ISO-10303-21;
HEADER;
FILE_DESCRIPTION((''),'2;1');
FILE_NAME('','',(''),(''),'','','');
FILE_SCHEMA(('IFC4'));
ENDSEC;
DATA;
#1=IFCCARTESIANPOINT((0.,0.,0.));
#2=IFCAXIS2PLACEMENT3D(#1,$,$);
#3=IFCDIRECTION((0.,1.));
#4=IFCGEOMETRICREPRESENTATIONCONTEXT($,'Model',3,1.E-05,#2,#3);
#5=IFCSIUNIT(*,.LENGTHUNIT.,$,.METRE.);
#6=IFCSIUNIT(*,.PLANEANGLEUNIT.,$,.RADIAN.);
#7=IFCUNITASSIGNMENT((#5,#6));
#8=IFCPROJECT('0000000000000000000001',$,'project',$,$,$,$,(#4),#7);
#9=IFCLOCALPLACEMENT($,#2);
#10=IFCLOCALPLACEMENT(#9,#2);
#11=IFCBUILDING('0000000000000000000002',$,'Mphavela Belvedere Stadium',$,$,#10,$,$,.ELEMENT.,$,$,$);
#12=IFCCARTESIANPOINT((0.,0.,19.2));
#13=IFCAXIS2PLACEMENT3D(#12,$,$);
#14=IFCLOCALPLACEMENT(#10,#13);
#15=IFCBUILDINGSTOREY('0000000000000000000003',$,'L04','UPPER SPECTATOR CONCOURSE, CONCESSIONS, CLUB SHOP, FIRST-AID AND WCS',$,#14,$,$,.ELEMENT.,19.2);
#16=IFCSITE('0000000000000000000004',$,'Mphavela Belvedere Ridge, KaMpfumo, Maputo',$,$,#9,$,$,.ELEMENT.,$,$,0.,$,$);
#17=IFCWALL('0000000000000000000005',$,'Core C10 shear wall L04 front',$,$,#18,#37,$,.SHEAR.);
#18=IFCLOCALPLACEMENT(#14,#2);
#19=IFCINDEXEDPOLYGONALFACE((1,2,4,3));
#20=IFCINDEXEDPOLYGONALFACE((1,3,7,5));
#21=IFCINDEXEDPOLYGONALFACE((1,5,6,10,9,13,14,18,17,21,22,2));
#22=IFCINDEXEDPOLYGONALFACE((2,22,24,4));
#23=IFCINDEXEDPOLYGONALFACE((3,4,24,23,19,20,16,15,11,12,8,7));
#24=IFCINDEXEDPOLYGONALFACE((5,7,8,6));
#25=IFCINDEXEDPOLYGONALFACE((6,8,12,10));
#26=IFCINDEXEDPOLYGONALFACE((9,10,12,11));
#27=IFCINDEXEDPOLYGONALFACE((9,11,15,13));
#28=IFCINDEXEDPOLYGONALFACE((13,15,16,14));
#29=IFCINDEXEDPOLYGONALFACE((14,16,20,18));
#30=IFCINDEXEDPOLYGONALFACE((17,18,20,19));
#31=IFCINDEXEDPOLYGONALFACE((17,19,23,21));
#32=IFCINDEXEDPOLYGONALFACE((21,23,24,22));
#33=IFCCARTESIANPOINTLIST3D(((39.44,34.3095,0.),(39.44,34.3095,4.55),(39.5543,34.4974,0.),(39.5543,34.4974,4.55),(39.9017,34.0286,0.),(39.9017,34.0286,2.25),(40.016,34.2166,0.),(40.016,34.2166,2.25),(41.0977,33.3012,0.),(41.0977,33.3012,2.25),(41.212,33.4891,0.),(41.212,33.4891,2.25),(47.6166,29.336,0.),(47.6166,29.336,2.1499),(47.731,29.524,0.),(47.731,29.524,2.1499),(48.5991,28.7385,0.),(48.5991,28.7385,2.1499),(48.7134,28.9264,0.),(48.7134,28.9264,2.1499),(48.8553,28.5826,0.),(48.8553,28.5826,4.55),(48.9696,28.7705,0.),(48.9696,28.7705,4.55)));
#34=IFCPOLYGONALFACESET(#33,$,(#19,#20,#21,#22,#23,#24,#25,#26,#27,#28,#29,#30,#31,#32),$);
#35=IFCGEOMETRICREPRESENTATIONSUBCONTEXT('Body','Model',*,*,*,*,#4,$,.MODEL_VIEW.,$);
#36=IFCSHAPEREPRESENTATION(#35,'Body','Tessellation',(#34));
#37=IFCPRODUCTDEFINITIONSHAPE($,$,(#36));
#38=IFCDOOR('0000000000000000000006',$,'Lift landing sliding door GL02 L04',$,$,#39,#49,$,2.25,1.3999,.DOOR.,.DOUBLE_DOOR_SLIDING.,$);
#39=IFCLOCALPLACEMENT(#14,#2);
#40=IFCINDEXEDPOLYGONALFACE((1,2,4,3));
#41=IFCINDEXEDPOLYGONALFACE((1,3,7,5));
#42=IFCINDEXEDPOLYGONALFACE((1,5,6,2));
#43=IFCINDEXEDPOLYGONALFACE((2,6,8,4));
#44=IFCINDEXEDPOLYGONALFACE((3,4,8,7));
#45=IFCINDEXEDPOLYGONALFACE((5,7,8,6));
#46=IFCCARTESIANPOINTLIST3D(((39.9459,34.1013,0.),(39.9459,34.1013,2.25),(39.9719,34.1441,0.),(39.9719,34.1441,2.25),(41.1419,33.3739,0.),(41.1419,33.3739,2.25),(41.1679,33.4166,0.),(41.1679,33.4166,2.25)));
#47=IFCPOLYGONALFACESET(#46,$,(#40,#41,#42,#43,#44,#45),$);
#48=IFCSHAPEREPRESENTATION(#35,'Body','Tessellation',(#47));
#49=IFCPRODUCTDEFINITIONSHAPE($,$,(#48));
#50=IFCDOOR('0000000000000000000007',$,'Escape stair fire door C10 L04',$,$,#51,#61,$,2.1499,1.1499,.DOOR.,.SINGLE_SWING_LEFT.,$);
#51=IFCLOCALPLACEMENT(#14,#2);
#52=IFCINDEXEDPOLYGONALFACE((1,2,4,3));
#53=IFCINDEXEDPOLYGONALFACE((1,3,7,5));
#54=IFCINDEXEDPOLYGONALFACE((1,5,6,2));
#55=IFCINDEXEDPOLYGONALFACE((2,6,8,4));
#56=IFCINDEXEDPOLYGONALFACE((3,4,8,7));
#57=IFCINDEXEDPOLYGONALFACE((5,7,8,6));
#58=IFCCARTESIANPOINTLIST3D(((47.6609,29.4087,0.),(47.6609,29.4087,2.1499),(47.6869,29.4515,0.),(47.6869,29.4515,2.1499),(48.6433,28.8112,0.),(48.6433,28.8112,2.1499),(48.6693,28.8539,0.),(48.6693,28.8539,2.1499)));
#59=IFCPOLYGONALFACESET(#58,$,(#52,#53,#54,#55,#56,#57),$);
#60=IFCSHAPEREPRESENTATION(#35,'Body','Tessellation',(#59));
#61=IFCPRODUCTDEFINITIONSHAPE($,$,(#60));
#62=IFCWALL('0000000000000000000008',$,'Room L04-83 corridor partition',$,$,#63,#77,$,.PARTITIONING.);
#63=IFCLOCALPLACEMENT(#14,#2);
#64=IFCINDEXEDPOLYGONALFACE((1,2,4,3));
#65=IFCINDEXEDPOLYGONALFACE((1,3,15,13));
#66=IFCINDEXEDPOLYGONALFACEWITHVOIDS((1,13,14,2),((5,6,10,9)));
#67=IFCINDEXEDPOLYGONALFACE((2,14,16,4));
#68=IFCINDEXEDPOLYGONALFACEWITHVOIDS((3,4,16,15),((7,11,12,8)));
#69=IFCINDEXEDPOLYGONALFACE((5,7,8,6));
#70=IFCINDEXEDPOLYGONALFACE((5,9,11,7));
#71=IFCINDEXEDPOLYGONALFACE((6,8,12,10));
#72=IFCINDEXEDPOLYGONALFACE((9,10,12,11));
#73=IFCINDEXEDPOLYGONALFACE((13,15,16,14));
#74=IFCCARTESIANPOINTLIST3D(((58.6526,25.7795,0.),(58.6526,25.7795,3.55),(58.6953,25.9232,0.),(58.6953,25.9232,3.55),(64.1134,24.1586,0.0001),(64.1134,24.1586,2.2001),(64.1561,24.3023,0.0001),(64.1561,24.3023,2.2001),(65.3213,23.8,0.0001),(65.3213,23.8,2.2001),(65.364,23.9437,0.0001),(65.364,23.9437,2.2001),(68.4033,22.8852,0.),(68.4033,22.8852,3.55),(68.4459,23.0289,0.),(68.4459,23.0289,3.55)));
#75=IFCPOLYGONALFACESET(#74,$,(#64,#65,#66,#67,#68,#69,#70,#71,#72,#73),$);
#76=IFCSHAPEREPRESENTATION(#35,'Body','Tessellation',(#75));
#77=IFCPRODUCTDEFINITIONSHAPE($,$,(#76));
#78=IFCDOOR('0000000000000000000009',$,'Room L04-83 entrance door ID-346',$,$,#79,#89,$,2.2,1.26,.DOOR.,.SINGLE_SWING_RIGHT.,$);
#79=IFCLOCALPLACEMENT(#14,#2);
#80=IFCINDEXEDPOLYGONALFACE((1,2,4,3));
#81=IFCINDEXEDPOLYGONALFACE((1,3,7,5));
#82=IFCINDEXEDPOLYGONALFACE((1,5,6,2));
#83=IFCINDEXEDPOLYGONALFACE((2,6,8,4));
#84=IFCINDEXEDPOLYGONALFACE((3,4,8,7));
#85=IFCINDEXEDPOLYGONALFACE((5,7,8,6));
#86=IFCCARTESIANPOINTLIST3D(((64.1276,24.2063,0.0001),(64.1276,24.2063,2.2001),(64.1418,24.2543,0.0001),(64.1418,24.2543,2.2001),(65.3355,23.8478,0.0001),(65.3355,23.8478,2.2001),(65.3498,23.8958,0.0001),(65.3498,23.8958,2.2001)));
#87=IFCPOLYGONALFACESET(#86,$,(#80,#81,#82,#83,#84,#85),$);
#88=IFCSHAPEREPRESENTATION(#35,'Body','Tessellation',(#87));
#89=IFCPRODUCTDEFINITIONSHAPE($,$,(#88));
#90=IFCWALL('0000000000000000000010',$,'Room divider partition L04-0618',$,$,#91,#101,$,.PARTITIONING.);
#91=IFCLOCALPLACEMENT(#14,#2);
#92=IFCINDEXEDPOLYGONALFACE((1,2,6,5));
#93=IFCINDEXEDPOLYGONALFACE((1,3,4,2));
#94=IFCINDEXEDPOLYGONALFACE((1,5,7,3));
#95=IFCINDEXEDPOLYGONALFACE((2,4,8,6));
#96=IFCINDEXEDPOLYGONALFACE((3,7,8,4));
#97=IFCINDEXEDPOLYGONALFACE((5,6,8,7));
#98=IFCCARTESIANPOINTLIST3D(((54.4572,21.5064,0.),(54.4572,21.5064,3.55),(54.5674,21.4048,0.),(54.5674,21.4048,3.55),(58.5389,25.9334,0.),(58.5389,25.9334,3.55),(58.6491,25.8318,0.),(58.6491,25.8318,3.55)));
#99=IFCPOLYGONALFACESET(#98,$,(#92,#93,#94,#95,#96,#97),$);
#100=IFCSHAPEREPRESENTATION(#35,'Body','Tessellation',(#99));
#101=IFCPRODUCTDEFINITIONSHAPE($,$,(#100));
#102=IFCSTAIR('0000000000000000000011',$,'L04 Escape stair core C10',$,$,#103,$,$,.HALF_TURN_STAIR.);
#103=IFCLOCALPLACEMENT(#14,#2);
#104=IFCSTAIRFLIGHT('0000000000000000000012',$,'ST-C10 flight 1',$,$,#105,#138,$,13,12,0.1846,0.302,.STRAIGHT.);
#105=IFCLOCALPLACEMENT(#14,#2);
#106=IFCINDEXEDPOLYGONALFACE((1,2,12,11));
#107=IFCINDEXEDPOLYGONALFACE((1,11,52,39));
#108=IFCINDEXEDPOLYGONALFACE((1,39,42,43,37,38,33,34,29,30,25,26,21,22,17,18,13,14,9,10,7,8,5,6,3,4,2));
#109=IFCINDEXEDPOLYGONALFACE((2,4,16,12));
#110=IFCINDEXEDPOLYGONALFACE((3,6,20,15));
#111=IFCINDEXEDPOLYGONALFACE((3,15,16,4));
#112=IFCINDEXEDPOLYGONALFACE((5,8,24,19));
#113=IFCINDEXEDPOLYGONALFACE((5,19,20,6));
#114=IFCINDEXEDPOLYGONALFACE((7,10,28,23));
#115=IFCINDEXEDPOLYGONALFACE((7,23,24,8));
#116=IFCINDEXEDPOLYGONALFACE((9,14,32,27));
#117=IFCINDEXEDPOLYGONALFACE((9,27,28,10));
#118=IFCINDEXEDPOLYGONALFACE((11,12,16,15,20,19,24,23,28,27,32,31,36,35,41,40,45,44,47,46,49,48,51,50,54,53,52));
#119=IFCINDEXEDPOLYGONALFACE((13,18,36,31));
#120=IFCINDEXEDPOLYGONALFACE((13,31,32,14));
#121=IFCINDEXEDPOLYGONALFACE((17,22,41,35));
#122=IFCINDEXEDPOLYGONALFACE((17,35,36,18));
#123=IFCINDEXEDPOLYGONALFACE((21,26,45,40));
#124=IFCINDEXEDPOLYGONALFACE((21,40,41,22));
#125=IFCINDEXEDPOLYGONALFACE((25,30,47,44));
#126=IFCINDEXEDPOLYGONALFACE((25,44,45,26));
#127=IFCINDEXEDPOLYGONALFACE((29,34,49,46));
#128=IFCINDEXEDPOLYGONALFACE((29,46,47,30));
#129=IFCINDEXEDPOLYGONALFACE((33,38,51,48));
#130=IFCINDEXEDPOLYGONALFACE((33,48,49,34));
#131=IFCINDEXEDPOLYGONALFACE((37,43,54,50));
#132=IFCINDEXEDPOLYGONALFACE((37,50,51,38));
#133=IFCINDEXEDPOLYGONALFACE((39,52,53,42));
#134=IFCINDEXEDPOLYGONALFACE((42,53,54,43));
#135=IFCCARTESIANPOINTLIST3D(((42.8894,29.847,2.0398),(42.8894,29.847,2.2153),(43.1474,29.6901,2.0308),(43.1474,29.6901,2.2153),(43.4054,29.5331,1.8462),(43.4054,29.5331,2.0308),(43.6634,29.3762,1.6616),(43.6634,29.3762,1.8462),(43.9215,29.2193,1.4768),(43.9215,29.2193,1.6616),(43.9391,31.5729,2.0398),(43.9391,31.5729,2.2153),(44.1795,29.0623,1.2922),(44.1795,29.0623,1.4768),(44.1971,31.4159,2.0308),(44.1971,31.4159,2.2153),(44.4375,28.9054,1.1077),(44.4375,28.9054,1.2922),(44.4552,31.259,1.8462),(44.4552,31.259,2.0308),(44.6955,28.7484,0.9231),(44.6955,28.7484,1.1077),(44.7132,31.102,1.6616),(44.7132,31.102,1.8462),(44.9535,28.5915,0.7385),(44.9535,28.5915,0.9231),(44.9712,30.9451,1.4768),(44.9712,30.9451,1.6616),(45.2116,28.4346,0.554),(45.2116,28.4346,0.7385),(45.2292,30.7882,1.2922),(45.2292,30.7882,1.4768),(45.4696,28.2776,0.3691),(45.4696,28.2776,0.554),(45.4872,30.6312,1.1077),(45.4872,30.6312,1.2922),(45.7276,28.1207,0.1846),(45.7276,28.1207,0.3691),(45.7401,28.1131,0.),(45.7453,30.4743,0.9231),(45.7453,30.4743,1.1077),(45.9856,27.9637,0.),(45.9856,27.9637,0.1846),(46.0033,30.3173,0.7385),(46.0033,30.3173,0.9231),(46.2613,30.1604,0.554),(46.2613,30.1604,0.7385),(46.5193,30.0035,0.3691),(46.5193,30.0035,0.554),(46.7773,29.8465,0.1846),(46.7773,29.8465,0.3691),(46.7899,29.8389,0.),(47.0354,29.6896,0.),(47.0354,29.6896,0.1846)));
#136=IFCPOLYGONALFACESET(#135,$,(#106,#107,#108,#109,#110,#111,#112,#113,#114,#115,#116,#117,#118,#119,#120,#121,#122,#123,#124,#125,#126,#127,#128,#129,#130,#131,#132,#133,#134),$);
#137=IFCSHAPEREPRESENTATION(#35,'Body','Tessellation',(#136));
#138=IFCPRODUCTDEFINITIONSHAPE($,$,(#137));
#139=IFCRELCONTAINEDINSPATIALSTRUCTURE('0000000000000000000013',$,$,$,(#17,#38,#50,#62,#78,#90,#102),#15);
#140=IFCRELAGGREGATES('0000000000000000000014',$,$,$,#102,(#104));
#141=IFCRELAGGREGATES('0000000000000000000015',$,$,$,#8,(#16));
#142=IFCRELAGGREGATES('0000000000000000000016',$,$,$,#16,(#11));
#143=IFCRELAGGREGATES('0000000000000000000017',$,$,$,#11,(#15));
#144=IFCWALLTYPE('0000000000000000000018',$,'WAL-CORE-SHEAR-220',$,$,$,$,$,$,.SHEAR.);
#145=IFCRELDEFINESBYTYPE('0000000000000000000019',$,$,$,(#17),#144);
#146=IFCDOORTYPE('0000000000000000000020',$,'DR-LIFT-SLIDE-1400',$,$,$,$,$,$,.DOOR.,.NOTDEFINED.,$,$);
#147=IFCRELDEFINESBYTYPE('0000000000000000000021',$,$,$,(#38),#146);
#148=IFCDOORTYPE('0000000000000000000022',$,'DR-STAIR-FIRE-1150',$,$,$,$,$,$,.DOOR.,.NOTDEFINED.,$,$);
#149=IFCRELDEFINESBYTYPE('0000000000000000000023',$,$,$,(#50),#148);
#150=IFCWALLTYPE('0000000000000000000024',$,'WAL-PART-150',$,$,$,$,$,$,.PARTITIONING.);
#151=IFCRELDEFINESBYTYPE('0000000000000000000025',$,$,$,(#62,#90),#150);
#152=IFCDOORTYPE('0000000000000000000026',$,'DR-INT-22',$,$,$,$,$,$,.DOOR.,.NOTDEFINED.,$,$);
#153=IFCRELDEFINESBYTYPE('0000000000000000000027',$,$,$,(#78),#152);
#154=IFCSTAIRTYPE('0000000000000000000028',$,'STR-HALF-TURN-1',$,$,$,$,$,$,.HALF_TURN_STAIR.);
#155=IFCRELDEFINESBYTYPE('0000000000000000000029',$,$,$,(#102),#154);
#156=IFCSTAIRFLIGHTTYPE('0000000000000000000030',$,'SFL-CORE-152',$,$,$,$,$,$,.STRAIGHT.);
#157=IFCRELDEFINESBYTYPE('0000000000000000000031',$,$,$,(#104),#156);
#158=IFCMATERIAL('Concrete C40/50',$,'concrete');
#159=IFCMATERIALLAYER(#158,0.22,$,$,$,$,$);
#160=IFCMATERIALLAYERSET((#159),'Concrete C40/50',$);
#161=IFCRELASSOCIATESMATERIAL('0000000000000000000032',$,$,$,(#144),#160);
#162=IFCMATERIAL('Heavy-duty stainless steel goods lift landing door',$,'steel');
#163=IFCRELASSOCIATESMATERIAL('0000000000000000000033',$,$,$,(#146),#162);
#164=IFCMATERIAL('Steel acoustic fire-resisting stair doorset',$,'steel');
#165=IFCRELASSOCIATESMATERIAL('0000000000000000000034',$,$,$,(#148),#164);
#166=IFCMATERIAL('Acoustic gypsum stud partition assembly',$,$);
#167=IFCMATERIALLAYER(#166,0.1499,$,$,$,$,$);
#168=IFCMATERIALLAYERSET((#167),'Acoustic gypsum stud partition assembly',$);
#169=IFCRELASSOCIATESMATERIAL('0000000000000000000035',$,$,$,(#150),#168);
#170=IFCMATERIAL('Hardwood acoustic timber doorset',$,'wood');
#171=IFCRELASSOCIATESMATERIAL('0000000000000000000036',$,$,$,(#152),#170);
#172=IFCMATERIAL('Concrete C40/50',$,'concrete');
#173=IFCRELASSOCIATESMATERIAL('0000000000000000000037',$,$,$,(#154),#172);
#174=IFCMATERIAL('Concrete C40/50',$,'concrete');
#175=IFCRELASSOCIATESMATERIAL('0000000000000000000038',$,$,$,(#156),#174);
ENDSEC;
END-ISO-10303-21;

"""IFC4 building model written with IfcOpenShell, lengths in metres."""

from ifc_helpers import new_model, si_unit, direction, frame, frame_2d, origin, place, context, subcontext, project, spatial, polyline, rectangle, outline, extrude, material, layer, layer_set, type_object, element, fill, aggregate, save


model = new_model("IFC4")

# Units and contexts
model_context = context("Model", 3, precision=1e-05, world=origin(), true_north=direction((0.0, 1.0)))
body_context = subcontext(model_context, "Body", "Model", "MODEL_VIEW")
ifc_project = project(units=[si_unit("LENGTHUNIT", "METRE"), si_unit("PLANEANGLEUNIT", "RADIAN")], contexts=[model_context])

# Site, building, storey
site_placement = place(None, origin())
site = spatial("IfcSite", under=ifc_project, at=site_placement, Name="Mphavela Belvedere Ridge, KaMpfumo, Maputo", CompositionType="ELEMENT", RefElevation=0.0)
building_placement = place(site_placement, origin())
building = spatial("IfcBuilding", under=site, at=building_placement, Name="Mphavela Belvedere Stadium", CompositionType="ELEMENT")
storey_placement = place(building_placement, frame((0.0, 0.0, 19.2)))
storey = spatial("IfcBuildingStorey", under=building, at=storey_placement, Name="L04", Description="UPPER SPECTATOR CONCOURSE, CONCESSIONS, CLUB SHOP, FIRST-AID AND WCS", CompositionType="ELEMENT", Elevation=19.2)

# Shared definitions
ifc_material_1 = material(Name="Concrete C40/50", Category="concrete")
ifc_layer_1 = layer(ifc_material_1, 0.22)
ifc_layer_set_1 = layer_set([ifc_layer_1], Name="Concrete C40/50")
wall_type_1 = type_object("IfcWallType", Name="WAL-CORE-SHEAR-220", PredefinedType="SHEAR", material=ifc_layer_set_1)

# Wall, openings, doors
wall_1_placement = place(storey_placement, frame((48.9126, 28.6765, 0.0), z_axis=(0.0, 0.0, 1.0), x_axis=(-0.854369, 0.519666, 0.0)))
wall_1 = element("IfcWall", 1, at=wall_1_placement, inside=storey, type_object=wall_type_1, Name="Core C10 shear wall L04 front", PredefinedType="SHEAR", context=body_context, shape_type="SweptSolid", body=[
    extrude(rectangle(XDim=11.0203, YDim=0.22, at=frame_2d((5.5103, 0.0))), origin(), (0.0, 0.0, 1.0), 4.55),
])
opening_1_placement = place(wall_1_placement, frame((0.3, 0.0, 0.0)))
opening_1 = element("IfcOpeningElement", 2, at=opening_1_placement, cuts=wall_1, PredefinedType="OPENING", context=body_context, shape_type="SweptSolid", body=[
    extrude(rectangle(XDim=1.1499, YDim=2.1499, at=frame_2d((0.575, 1.075))), frame((0.0, 0.1201, 0.0), z_axis=(0.0, -1.0, 0.0), x_axis=(1.0, 0.0, 0.0)), (0.0, 0.0, 1.0), 0.24),
])
opening_2_placement = place(wall_1_placement, frame((9.0801, 0.0, 0.0)))
opening_2 = element("IfcOpeningElement", 3, at=opening_2_placement, cuts=wall_1, PredefinedType="OPENING", context=body_context, shape_type="SweptSolid", body=[
    extrude(rectangle(XDim=1.3999, YDim=2.25, at=frame_2d((0.7, 1.125))), frame((0.0, 0.1201, 0.0), z_axis=(0.0, -1.0, 0.0), x_axis=(1.0, 0.0, 0.0)), (0.0, 0.0, 1.0), 0.24),
])
ifc_material_2 = material(Name="Heavy-duty stainless steel goods lift landing door", Category="steel")
door_type_1 = type_object("IfcDoorType", Name="DR-LIFT-SLIDE-1400", OperationType="NOTDEFINED", PredefinedType="DOOR", material=ifc_material_2)
door_1_placement = place(opening_2_placement, origin())
door_1 = element("IfcDoor", 4, at=door_1_placement, inside=storey, type_object=door_type_1, Name="Lift landing sliding door GL02 L04", OperationType="DOUBLE_DOOR_SLIDING", OverallHeight=2.25, OverallWidth=1.3999, PredefinedType="DOOR", context=body_context, shape_type="SweptSolid", body=[
    extrude(rectangle(XDim=1.3999, YDim=2.25, at=frame_2d((0.7, 1.125))), frame((0.0, 0.0249, 0.0), z_axis=(0.0, -1.0, 0.0), x_axis=(1.0, 0.0, 0.0)), (0.0, 0.0, 1.0), 0.05),
])
fill(opening_2, door_1)
ifc_material_3 = material(Name="Steel acoustic fire-resisting stair doorset", Category="steel")
door_type_2 = type_object("IfcDoorType", Name="DR-STAIR-FIRE-1150", OperationType="NOTDEFINED", PredefinedType="DOOR", material=ifc_material_3)
door_2_placement = place(opening_1_placement, origin())
door_2 = element("IfcDoor", 5, at=door_2_placement, inside=storey, type_object=door_type_2, Name="Escape stair fire door C10 L04", OperationType="SINGLE_SWING_LEFT", OverallHeight=2.1499, OverallWidth=1.1499, PredefinedType="DOOR", context=body_context, shape_type="SweptSolid", body=[
    extrude(rectangle(XDim=1.1499, YDim=2.1499, at=frame_2d((0.575, 1.075))), frame((0.0, 0.0249, 0.0), z_axis=(0.0, -1.0, 0.0), x_axis=(1.0, 0.0, 0.0)), (0.0, 0.0, 1.0), 0.05),
])
fill(opening_1, door_2)

# Wall, opening, door
ifc_material_4 = material(Name="Acoustic gypsum stud partition assembly")
ifc_layer_2 = layer(ifc_material_4, 0.1499)
ifc_layer_set_2 = layer_set([ifc_layer_2], Name="Acoustic gypsum stud partition assembly")
wall_type_2 = type_object("IfcWallType", Name="WAL-PART-150", PredefinedType="PARTITIONING", material=ifc_layer_set_2)
wall_2_placement = place(storey_placement, frame((58.6741, 25.8513, 0.0), z_axis=(0.0, 0.0, 1.0), x_axis=(0.958659, -0.284557, 0.0)))
wall_2 = element("IfcWall", 6, at=wall_2_placement, inside=storey, type_object=wall_type_2, Name="Room L04-83 corridor partition", PredefinedType="PARTITIONING", context=body_context, shape_type="SweptSolid", body=[
    extrude(rectangle(XDim=10.1711, YDim=0.1499, at=frame_2d((5.0854, 0.0))), origin(), (0.0, 0.0, 1.0), 3.55),
])
opening_3_placement = place(wall_2_placement, frame((5.6963, 0.0, 0.0)))
opening_3 = element("IfcOpeningElement", 7, at=opening_3_placement, cuts=wall_2, PredefinedType="OPENING", context=body_context, shape_type="SweptSolid", body=[
    extrude(rectangle(XDim=1.26, YDim=2.2, at=frame_2d((0.6299, 1.1001))), frame((0.0, 0.085, 0.0), z_axis=(0.0, -1.0, 0.0), x_axis=(1.0, 0.0, 0.0)), (0.0, 0.0, 1.0), 0.1699),
])
ifc_material_5 = material(Name="Hardwood acoustic timber doorset", Category="wood")
door_type_3 = type_object("IfcDoorType", Name="DR-INT-22", OperationType="NOTDEFINED", PredefinedType="DOOR", material=ifc_material_5)
door_3_placement = place(opening_3_placement, origin())
door_3 = element("IfcDoor", 8, at=door_3_placement, inside=storey, type_object=door_type_3, Name="Room L04-83 entrance door ID-346", OperationType="SINGLE_SWING_RIGHT", OverallHeight=2.2, OverallWidth=1.26, PredefinedType="DOOR", context=body_context, shape_type="SweptSolid", body=[
    extrude(rectangle(XDim=1.26, YDim=2.2, at=frame_2d((0.6299, 1.1001))), frame((0.0, 0.0249, 0.0), z_axis=(0.0, -1.0, 0.0), x_axis=(1.0, 0.0, 0.0)), (0.0, 0.0, 1.0), 0.05),
])
fill(opening_3, door_3)

# Wall
wall_3_placement = place(storey_placement, frame((58.594, 25.8826, 0.0), z_axis=(0.0, 0.0, 1.0), x_axis=(-0.677861, -0.73519, 0.0)))
element("IfcWall", 9, at=wall_3_placement, inside=storey, type_object=wall_type_2, Name="Room divider partition L04-0618", PredefinedType="PARTITIONING", context=body_context, shape_type="SweptSolid", body=[
    extrude(rectangle(XDim=6.0215, YDim=0.1499, at=frame_2d((3.0107, 0.0))), origin(), (0.0, 0.0, 1.0), 3.55),
])

# Stair, stair flight
ifc_material_6 = material(Name="Concrete C40/50", Category="concrete")
stair_type = type_object("IfcStairType", Name="STR-HALF-TURN-1", PredefinedType="HALF_TURN_STAIR", material=ifc_material_6)
stair_placement = place(storey_placement, origin())
stair = element("IfcStair", 10, at=stair_placement, inside=storey, type_object=stair_type, Name="L04 Escape stair core C10", PredefinedType="HALF_TURN_STAIR")
ifc_material_7 = material(Name="Concrete C40/50", Category="concrete")
stair_flight_type = type_object("IfcStairFlightType", Name="SFL-CORE-152", PredefinedType="STRAIGHT", material=ifc_material_7)
stair_flight_1_placement = place(storey_placement, frame((46.5105, 28.8267, 0.0), z_axis=(0.0, 0.0, 1.0), x_axis=(-0.854368, 0.519668, 0.0)))
stair_flight_1 = element("IfcStairFlight", 11, at=stair_flight_1_placement, type_object=stair_flight_type, Name="ST-C10 flight 1", NumberOfRisers=13, NumberOfTreads=12, PredefinedType="STRAIGHT", RiserHeight=0.1846, TreadLength=0.302, context=body_context, shape_type="SweptSolid", body=[
    extrude(outline(polyline([(0.0, 0.0), (0.0, 0.1846), (0.302, 0.1846), (0.302, 0.3691), (0.604, 0.3691), (0.604, 0.554), (0.906, 0.554), (0.906, 0.7385), (1.208, 0.7385), (1.208, 0.9231), (1.51, 0.9231), (1.51, 1.1077), (1.812, 1.1077), (1.812, 1.2922), (2.114, 1.2922), (2.114, 1.4768), (2.416, 1.4768), (2.416, 1.6616), (2.718, 1.6616), (2.718, 1.8462), (3.02, 1.8462), (3.02, 2.0308), (3.322, 2.0308), (3.322, 2.2153), (3.624, 2.2153), (3.624, 2.3999), (3.624, 2.0398), (0.2874, 0.0), (0.0, 0.0)])), frame((0.0, 1.01, 0.0), z_axis=(0.0, -1.0, 0.0), x_axis=(1.0, 0.0, 0.0)), (0.0, 0.0, 1.0), 2.02),
])
aggregate(stair, [stair_flight_1])

save(model, "model.ifc")
